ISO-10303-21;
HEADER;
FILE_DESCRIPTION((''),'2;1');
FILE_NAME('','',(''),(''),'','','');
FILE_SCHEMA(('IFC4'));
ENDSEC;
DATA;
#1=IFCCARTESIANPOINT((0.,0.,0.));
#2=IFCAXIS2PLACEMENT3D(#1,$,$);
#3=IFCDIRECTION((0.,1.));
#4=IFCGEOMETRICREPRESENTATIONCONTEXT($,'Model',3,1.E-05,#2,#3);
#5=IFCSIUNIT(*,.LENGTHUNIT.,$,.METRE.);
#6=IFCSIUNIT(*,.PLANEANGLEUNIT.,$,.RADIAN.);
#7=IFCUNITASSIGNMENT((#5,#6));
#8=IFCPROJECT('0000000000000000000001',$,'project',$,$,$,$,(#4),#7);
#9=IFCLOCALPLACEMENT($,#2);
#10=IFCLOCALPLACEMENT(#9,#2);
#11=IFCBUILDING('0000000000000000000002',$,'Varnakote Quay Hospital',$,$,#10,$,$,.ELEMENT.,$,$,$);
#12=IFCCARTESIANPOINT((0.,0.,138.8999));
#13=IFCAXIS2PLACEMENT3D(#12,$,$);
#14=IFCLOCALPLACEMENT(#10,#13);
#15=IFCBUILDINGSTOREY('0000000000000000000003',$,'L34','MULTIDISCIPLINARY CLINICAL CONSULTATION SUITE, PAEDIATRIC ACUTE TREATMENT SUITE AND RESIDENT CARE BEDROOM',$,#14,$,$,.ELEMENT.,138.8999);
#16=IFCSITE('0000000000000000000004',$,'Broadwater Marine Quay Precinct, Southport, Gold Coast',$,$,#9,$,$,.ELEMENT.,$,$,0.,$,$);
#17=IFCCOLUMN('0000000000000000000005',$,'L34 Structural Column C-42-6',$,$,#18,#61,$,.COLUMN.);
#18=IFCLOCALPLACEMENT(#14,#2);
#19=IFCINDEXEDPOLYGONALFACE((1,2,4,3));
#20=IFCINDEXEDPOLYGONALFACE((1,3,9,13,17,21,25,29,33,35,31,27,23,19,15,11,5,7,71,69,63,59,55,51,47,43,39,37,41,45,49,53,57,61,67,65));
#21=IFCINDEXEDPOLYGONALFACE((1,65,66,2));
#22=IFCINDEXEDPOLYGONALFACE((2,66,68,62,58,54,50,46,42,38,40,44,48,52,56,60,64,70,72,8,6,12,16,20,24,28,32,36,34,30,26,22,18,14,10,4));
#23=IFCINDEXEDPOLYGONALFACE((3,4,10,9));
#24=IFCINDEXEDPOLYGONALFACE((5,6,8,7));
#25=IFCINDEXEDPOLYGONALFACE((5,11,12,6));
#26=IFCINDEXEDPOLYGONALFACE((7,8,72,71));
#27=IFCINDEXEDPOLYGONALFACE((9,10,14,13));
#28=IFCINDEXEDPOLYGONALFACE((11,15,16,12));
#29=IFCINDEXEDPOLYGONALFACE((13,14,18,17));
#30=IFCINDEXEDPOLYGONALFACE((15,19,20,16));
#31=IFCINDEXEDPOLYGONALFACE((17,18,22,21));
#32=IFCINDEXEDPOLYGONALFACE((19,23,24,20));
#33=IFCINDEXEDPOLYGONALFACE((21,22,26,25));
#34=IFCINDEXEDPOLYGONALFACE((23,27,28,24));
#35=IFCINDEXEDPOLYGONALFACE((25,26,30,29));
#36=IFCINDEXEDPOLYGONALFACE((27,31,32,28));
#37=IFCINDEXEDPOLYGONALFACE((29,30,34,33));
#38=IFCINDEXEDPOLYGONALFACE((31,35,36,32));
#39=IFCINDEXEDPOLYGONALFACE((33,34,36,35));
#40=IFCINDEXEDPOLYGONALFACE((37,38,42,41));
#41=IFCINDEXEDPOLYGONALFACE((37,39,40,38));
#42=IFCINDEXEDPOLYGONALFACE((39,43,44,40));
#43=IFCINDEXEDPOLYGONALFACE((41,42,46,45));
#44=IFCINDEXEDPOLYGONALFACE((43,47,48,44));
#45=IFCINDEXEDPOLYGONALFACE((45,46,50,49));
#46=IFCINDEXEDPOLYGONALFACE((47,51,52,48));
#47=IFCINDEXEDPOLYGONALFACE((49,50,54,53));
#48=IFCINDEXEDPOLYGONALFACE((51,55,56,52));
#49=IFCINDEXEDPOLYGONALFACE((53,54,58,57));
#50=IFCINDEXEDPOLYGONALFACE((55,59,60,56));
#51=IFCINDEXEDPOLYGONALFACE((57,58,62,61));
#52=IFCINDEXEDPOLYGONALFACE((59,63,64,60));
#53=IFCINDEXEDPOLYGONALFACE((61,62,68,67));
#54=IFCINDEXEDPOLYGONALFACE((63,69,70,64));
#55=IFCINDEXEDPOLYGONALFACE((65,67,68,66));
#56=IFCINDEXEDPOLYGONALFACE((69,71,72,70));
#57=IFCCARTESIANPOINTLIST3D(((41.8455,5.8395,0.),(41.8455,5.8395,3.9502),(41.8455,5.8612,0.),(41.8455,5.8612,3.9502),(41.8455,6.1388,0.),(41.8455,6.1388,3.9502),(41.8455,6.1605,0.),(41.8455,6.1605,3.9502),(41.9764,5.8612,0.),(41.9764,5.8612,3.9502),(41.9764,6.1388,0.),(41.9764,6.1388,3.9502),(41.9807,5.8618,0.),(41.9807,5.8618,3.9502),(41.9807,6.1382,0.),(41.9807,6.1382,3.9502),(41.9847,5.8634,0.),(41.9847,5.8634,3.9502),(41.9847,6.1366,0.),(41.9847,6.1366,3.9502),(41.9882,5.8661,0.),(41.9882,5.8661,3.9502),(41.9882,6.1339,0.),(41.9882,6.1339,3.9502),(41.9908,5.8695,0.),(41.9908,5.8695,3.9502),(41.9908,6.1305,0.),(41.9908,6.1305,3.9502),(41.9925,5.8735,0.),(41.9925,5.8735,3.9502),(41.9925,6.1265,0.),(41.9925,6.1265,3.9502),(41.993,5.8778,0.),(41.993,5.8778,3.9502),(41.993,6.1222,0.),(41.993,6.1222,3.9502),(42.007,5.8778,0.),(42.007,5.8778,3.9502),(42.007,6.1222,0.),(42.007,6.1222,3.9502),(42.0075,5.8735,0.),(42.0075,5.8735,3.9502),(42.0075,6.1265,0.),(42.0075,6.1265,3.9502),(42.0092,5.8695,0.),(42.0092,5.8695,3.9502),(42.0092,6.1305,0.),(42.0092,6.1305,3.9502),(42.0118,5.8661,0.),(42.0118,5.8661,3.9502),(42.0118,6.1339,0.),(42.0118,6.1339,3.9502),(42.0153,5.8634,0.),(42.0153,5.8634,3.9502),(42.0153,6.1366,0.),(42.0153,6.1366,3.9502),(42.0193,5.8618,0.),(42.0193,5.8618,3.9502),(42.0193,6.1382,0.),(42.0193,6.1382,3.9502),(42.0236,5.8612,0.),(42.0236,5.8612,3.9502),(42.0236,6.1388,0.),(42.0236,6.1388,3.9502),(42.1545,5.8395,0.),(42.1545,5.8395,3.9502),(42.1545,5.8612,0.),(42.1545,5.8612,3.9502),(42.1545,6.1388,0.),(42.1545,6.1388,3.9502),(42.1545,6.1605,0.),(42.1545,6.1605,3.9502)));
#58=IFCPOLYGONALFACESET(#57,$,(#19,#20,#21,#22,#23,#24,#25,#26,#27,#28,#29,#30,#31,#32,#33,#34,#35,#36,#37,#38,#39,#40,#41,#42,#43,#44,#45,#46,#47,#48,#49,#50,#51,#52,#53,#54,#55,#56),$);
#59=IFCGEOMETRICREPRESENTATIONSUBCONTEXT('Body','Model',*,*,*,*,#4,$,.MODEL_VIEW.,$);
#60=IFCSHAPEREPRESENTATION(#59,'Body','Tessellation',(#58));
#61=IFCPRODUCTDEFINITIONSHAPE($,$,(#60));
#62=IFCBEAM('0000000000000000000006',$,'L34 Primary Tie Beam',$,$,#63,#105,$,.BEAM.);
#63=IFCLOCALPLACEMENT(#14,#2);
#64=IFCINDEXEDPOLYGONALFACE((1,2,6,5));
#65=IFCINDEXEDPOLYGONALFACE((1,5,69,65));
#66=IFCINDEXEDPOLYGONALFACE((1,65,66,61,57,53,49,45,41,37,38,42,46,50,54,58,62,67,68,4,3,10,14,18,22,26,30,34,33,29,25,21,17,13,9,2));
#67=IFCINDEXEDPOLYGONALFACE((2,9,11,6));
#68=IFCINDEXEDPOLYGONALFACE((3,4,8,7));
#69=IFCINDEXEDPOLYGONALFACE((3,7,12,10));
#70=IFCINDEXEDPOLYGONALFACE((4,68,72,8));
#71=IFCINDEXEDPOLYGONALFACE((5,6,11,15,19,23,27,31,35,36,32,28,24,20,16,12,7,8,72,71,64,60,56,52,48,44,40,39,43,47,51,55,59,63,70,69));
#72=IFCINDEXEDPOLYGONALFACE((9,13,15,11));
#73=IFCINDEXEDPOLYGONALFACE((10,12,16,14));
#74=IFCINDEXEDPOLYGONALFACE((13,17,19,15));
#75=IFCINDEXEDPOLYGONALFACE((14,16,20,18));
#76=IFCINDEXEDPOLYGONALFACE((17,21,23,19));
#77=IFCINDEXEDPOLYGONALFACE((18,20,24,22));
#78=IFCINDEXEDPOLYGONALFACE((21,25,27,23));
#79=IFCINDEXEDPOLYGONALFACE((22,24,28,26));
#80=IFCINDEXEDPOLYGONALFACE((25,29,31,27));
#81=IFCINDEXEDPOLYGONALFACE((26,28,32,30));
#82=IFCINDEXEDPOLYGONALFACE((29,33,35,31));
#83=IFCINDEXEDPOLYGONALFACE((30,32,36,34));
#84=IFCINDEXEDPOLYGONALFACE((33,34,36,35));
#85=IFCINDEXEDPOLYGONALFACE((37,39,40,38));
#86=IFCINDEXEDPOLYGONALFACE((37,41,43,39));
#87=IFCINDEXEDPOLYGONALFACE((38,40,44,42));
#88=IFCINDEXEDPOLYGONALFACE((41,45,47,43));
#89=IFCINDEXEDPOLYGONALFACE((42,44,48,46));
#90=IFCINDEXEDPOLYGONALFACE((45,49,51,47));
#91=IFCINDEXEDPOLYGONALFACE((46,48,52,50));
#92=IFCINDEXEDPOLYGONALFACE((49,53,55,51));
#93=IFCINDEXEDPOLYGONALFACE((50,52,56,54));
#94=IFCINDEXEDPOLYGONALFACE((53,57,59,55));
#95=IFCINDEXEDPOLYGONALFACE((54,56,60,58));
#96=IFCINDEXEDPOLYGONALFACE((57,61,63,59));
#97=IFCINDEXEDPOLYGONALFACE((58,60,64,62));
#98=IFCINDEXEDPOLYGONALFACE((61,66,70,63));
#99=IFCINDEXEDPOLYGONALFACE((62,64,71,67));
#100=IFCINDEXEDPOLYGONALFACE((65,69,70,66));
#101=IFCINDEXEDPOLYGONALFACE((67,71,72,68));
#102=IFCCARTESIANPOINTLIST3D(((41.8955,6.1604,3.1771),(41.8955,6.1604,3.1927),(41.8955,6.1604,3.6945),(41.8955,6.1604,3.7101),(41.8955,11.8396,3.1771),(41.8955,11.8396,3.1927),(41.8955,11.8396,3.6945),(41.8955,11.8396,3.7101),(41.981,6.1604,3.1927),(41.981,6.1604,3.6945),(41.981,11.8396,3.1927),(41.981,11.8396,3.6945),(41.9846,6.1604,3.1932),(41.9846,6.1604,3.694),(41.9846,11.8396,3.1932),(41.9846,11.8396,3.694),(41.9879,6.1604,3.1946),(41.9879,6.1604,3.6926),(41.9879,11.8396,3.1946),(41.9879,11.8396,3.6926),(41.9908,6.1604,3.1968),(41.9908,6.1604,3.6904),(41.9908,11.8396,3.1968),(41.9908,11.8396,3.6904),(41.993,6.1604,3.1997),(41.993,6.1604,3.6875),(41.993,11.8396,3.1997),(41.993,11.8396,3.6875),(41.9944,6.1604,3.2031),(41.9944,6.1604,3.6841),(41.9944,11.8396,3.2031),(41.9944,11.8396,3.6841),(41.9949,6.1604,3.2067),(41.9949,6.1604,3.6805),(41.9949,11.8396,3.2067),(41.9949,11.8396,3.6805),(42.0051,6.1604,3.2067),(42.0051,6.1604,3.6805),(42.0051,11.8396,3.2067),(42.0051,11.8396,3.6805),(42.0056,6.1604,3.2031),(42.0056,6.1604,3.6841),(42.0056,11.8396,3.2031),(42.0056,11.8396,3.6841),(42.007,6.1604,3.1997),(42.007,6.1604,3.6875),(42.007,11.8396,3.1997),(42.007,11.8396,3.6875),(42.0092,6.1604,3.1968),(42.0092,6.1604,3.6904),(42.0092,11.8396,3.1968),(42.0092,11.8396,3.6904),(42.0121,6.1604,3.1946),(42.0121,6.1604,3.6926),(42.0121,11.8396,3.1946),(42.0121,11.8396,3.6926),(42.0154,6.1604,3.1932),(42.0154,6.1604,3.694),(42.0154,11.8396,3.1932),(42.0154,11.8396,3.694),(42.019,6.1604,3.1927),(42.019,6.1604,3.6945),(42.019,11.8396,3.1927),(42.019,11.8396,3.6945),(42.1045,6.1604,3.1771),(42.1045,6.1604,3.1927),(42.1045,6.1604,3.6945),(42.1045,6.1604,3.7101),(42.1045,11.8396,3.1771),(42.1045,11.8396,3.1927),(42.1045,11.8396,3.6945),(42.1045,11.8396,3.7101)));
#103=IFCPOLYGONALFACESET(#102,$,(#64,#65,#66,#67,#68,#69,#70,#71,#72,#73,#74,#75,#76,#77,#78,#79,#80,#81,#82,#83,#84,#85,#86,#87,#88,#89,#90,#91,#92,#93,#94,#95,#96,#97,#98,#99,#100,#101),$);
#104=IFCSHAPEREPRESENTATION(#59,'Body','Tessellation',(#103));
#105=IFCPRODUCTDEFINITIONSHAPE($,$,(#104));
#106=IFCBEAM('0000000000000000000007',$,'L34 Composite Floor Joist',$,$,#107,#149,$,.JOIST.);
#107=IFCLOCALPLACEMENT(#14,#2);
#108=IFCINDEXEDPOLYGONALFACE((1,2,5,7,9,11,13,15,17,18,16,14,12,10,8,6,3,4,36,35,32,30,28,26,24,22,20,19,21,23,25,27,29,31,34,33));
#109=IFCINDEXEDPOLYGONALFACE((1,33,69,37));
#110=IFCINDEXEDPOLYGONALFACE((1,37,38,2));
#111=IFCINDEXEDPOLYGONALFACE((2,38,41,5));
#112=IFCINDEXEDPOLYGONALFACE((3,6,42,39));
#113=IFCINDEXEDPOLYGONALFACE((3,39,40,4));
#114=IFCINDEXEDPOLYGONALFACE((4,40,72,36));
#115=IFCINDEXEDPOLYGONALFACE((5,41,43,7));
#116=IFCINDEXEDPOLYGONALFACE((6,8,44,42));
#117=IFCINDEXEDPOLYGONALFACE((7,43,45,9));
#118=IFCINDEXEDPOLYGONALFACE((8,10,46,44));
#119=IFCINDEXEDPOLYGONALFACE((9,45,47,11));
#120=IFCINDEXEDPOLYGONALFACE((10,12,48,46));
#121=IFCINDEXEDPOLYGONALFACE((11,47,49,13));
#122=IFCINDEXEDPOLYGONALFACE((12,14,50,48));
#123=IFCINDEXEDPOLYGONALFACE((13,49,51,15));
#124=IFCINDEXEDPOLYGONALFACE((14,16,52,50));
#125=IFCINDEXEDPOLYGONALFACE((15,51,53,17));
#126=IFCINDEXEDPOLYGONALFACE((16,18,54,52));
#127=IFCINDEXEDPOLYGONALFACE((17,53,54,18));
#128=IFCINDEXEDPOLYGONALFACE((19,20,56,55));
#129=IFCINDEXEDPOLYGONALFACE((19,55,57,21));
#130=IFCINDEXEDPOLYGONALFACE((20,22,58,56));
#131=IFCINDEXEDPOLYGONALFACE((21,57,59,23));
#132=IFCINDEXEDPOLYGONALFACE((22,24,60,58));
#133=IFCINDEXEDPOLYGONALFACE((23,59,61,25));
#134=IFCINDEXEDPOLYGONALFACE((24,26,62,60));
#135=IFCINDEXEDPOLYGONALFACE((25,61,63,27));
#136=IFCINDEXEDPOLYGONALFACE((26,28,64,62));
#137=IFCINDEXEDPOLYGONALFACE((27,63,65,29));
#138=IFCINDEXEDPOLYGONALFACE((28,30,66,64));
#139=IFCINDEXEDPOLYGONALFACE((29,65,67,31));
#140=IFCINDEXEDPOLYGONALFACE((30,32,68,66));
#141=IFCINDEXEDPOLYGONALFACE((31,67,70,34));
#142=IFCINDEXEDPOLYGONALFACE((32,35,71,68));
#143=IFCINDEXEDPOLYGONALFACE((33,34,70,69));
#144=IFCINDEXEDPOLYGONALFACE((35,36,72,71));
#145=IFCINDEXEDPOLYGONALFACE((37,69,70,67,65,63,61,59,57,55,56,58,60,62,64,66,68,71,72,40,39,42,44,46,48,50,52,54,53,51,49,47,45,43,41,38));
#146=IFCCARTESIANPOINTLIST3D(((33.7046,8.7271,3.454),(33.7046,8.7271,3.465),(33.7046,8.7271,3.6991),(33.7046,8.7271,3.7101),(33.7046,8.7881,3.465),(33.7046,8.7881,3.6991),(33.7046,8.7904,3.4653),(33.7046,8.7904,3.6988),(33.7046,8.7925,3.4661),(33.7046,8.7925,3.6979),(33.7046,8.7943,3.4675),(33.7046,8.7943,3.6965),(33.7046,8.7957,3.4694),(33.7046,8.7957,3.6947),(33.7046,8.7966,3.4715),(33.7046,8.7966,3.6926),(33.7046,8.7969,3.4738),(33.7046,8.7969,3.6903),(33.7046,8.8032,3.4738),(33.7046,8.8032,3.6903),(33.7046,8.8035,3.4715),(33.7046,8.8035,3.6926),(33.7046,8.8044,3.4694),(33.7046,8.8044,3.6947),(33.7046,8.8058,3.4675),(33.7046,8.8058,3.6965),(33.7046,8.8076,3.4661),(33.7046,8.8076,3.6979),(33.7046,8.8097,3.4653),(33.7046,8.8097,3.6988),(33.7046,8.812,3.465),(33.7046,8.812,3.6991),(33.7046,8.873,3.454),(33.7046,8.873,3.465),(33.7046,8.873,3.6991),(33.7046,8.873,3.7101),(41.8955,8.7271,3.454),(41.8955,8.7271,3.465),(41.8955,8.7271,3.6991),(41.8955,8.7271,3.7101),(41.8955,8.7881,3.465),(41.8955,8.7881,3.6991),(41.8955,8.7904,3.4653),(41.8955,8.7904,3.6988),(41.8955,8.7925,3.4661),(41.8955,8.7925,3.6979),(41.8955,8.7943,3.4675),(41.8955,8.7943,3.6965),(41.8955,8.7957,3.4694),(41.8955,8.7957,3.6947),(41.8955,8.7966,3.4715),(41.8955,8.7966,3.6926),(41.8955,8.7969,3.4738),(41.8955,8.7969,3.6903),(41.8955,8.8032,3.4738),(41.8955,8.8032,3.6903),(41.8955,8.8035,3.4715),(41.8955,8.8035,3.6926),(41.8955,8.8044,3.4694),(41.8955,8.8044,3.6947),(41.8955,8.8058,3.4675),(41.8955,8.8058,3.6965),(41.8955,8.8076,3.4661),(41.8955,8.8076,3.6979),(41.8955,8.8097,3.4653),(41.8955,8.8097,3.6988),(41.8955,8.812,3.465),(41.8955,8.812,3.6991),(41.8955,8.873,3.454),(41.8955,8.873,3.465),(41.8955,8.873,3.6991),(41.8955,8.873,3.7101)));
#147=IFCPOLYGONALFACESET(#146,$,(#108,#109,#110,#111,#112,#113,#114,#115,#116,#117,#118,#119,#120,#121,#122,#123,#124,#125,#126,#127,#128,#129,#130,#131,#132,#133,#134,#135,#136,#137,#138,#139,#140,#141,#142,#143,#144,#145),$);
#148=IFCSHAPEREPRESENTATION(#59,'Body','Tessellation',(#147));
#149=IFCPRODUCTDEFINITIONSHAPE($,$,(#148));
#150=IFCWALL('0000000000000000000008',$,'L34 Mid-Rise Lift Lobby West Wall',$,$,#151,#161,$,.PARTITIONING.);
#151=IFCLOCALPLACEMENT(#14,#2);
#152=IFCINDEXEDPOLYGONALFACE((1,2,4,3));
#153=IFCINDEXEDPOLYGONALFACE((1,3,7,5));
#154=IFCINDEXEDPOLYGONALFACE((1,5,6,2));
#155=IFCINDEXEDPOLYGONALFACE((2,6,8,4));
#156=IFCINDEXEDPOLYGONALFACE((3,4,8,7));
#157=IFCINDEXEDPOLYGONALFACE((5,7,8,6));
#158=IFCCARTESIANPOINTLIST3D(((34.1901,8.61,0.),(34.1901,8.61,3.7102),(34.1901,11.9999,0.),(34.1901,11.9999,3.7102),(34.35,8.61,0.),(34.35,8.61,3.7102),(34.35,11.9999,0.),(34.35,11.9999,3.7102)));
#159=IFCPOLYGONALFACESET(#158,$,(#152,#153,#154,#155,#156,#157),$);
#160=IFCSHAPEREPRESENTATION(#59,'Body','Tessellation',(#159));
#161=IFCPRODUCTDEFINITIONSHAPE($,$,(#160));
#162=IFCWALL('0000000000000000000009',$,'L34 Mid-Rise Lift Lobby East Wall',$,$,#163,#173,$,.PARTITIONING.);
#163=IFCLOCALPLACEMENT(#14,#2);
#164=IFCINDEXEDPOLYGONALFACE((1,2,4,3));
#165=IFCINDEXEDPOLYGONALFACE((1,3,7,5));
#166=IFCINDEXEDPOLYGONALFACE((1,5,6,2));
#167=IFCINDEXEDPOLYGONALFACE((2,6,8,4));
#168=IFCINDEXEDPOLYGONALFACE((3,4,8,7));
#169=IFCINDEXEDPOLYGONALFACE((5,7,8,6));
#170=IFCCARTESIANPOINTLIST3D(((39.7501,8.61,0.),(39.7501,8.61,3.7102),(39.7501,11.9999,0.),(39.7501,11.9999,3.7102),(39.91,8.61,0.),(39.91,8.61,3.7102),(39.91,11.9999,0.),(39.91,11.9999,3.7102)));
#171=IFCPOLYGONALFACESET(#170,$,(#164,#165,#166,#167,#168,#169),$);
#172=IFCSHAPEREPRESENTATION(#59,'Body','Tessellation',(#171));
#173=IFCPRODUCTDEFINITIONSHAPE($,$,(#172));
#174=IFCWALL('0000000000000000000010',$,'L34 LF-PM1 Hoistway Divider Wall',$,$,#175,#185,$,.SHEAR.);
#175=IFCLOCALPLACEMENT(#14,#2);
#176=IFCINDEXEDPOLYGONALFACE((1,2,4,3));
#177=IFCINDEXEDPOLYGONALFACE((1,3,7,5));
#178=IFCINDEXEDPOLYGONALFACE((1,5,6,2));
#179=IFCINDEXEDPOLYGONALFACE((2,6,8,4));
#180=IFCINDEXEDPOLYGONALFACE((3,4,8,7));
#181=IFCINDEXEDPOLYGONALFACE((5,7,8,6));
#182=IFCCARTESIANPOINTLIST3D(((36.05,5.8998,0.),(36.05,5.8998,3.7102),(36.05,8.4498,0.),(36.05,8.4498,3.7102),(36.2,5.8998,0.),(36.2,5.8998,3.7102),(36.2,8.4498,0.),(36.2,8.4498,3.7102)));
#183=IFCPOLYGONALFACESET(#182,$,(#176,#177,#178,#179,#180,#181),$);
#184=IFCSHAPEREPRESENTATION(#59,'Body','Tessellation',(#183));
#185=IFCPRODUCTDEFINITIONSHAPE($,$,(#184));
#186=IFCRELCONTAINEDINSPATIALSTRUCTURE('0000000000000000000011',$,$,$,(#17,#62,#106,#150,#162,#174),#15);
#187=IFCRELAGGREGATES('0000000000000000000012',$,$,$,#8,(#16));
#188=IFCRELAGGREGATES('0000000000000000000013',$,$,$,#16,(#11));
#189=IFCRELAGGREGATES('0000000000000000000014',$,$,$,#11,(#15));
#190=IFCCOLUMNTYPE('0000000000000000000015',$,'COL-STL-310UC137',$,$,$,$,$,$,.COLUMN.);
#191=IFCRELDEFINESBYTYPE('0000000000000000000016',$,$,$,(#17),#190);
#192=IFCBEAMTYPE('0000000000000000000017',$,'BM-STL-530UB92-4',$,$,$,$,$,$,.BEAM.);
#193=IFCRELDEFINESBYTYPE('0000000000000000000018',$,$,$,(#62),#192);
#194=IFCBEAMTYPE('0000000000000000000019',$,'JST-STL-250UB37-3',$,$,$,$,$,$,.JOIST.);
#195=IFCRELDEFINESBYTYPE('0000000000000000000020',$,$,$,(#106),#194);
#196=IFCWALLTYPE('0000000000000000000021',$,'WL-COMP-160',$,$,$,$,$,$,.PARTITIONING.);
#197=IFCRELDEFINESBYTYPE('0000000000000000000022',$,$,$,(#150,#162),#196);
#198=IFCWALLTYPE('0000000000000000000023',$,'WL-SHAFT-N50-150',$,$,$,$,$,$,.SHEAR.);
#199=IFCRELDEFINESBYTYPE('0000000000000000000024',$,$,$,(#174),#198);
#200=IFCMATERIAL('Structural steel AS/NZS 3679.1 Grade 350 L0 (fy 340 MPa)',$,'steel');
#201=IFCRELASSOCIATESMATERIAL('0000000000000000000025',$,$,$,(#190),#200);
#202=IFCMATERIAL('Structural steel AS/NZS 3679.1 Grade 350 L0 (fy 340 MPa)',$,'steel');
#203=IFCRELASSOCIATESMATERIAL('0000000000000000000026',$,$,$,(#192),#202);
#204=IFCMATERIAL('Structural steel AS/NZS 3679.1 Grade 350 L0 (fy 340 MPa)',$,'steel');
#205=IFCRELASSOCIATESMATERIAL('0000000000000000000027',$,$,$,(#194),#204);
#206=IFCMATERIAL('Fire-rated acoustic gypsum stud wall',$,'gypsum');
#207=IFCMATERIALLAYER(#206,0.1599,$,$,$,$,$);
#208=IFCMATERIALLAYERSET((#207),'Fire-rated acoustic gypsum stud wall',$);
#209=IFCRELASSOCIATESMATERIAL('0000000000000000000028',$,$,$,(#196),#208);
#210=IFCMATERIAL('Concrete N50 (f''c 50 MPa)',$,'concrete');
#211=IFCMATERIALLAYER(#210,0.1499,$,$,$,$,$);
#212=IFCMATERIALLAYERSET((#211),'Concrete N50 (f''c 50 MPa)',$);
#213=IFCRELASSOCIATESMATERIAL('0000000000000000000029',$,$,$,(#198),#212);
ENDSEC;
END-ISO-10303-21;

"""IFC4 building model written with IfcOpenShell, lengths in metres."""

from ifc_helpers import new_model, si_unit, direction, frame, frame_2d, origin, origin_2d, place, context, subcontext, project, spatial, rectangle, i_section, extrude, material, layer, layer_set, material_profile, profile_set, type_object, element, save


model = new_model("IFC4")

# Units and contexts
model_context = context("Model", 3, precision=1e-05, world=origin(), true_north=direction((0.0, 1.0)))
body_context = subcontext(model_context, "Body", "Model", "MODEL_VIEW")
ifc_project = project(units=[si_unit("LENGTHUNIT", "METRE"), si_unit("PLANEANGLEUNIT", "RADIAN")], contexts=[model_context])

# Site, building, storey
site_placement = place(None, origin())
site = spatial("IfcSite", under=ifc_project, at=site_placement, Name="Broadwater Marine Quay Precinct, Southport, Gold Coast", CompositionType="ELEMENT", RefElevation=0.0)
building_placement = place(site_placement, origin())
building = spatial("IfcBuilding", under=site, at=building_placement, Name="Varnakote Quay Hospital", CompositionType="ELEMENT")
storey_placement = place(building_placement, frame((0.0, 0.0, 138.8999)))
storey = spatial("IfcBuildingStorey", under=building, at=storey_placement, Name="L34", Description="MULTIDISCIPLINARY CLINICAL CONSULTATION SUITE, PAEDIATRIC ACUTE TREATMENT SUITE AND RESIDENT CARE BEDROOM", CompositionType="ELEMENT", Elevation=138.8999)

# Column
ifc_material_1 = material(Name="Structural steel AS/NZS 3679.1 Grade 350 L0 (fy 340 MPa)", Category="steel")
ifc_material_profile_1 = material_profile(ifc_material_1, i_section(OverallWidth=0.3091, OverallDepth=0.321, WebThickness=0.0139, FlangeThickness=0.0217, FilletRadius=0.0166, at=origin_2d()), Name="310UC137")
ifc_profile_set_1 = profile_set([ifc_material_profile_1], Name="Structural steel AS/NZS 3679.1 Grade 350 L0 (fy 340 MPa)")
column_type = type_object("IfcColumnType", Name="COL-STL-310UC137", PredefinedType="COLUMN", material=ifc_profile_set_1)
column_placement = place(storey_placement, frame((42.0, 6.0, 0.0), z_axis=(0.0, 0.0, 1.0), x_axis=(1.0, 0.0, 0.0)))
element("IfcColumn", 1, at=column_placement, inside=storey, type_object=column_type, Name="L34 Structural Column C-42-6", PredefinedType="COLUMN", context=body_context, shape_type="SweptSolid", body=[
    extrude(i_section(OverallWidth=0.3091, OverallDepth=0.321, WebThickness=0.0139, FlangeThickness=0.0217, FilletRadius=0.0166, at=origin_2d()), origin(), (0.0, 0.0, 1.0), 3.9502),
])

# Beams
ifc_material_2 = material(Name="Structural steel AS/NZS 3679.1 Grade 350 L0 (fy 340 MPa)", Category="steel")
ifc_material_profile_2 = material_profile(ifc_material_2, i_section(OverallWidth=0.209, OverallDepth=0.533, WebThickness=0.0103, FlangeThickness=0.0156, FilletRadius=0.0139, at=origin_2d()), Name="530UB92.4")
ifc_profile_set_2 = profile_set([ifc_material_profile_2], Name="Structural steel AS/NZS 3679.1 Grade 350 L0 (fy 340 MPa)")
beam_type_1 = type_object("IfcBeamType", Name="BM-STL-530UB92-4", PredefinedType="BEAM", material=ifc_profile_set_2)
beam_1_placement = place(storey_placement, frame((42.0, 6.1604, 3.4436), z_axis=(0.0, 1.0, 0.0), x_axis=(-1.0, 0.0, 0.0)))
element("IfcBeam", 2, at=beam_1_placement, inside=storey, type_object=beam_type_1, Name="L34 Primary Tie Beam", PredefinedType="BEAM", context=body_context, shape_type="SweptSolid", body=[
    extrude(i_section(OverallWidth=0.209, OverallDepth=0.533, WebThickness=0.0103, FlangeThickness=0.0156, FilletRadius=0.0139, at=origin_2d()), origin(), (0.0, 0.0, 1.0), 5.6792),
])
ifc_material_3 = material(Name="Structural steel AS/NZS 3679.1 Grade 350 L0 (fy 340 MPa)", Category="steel")
ifc_material_profile_3 = material_profile(ifc_material_3, i_section(OverallWidth=0.146, OverallDepth=0.2561, WebThickness=0.0063, FlangeThickness=0.011, FilletRadius=0.0088, at=origin_2d()), Name="250UB37.3")
ifc_profile_set_3 = profile_set([ifc_material_profile_3], Name="Structural steel AS/NZS 3679.1 Grade 350 L0 (fy 340 MPa)")
beam_type_2 = type_object("IfcBeamType", Name="JST-STL-250UB37-3", PredefinedType="JOIST", material=ifc_profile_set_3)
beam_2_placement = place(storey_placement, frame((33.7046, 8.8, 3.582), z_axis=(1.0, 0.0, 0.0), x_axis=(0.0, 1.0, 0.0)))
element("IfcBeam", 3, at=beam_2_placement, inside=storey, type_object=beam_type_2, Name="L34 Composite Floor Joist", PredefinedType="JOIST", context=body_context, shape_type="SweptSolid", body=[
    extrude(i_section(OverallWidth=0.146, OverallDepth=0.2561, WebThickness=0.0063, FlangeThickness=0.011, FilletRadius=0.0088, at=origin_2d()), origin(), (0.0, 0.0, 1.0), 8.1909),
])

# Walls
ifc_material_4 = material(Name="Fire-rated acoustic gypsum stud wall", Category="gypsum")
ifc_layer_1 = layer(ifc_material_4, 0.1599)
ifc_layer_set_1 = layer_set([ifc_layer_1], Name="Fire-rated acoustic gypsum stud wall")
wall_type_1 = type_object("IfcWallType", Name="WL-COMP-160", PredefinedType="PARTITIONING", material=ifc_layer_set_1)
for number, where, z_axis, x_axis, name in (
    (4, (34.27, 8.6101, 0.0), (0.0, 0.0, 1.0), (0.0, 1.0, 0.0), "L34 Mid-Rise Lift Lobby West Wall"),
    (5, (39.8301, 8.6101, 0.0), (0.0, 0.0, 1.0), (0.0, 1.0, 0.0), "L34 Mid-Rise Lift Lobby East Wall"),
):
    element("IfcWall", number, at=place(storey_placement, frame(where, z_axis=z_axis, x_axis=x_axis)), inside=storey, type_object=wall_type_1, Name=name, PredefinedType="PARTITIONING", context=body_context, shape_type="SweptSolid", body=[
        extrude(rectangle(XDim=3.3899, YDim=0.1599, at=frame_2d((1.6948, 0.0))), origin(), (0.0, 0.0, 1.0), 3.7102),
    ])
ifc_material_5 = material(Name="Concrete N50 (f'c 50 MPa)", Category="concrete")
ifc_layer_2 = layer(ifc_material_5, 0.1499)
ifc_layer_set_2 = layer_set([ifc_layer_2], Name="Concrete N50 (f'c 50 MPa)")
wall_type_2 = type_object("IfcWallType", Name="WL-SHAFT-N50-150", PredefinedType="SHEAR", material=ifc_layer_set_2)
for number, where, z_axis, x_axis, name in (
    (6, (36.125, 5.8999, 0.0), (0.0, 0.0, 1.0), (0.0, 1.0, 0.0), "L34 LF-PM1 Hoistway Divider Wall"),
):
    element("IfcWall", number, at=place(storey_placement, frame(where, z_axis=z_axis, x_axis=x_axis)), inside=storey, type_object=wall_type_2, Name=name, PredefinedType="SHEAR", context=body_context, shape_type="SweptSolid", body=[
        extrude(rectangle(XDim=2.55, YDim=0.1499, at=frame_2d((1.2749, 0.0))), origin(), (0.0, 0.0, 1.0), 3.7102),
    ])

save(model, "model.ifc")
